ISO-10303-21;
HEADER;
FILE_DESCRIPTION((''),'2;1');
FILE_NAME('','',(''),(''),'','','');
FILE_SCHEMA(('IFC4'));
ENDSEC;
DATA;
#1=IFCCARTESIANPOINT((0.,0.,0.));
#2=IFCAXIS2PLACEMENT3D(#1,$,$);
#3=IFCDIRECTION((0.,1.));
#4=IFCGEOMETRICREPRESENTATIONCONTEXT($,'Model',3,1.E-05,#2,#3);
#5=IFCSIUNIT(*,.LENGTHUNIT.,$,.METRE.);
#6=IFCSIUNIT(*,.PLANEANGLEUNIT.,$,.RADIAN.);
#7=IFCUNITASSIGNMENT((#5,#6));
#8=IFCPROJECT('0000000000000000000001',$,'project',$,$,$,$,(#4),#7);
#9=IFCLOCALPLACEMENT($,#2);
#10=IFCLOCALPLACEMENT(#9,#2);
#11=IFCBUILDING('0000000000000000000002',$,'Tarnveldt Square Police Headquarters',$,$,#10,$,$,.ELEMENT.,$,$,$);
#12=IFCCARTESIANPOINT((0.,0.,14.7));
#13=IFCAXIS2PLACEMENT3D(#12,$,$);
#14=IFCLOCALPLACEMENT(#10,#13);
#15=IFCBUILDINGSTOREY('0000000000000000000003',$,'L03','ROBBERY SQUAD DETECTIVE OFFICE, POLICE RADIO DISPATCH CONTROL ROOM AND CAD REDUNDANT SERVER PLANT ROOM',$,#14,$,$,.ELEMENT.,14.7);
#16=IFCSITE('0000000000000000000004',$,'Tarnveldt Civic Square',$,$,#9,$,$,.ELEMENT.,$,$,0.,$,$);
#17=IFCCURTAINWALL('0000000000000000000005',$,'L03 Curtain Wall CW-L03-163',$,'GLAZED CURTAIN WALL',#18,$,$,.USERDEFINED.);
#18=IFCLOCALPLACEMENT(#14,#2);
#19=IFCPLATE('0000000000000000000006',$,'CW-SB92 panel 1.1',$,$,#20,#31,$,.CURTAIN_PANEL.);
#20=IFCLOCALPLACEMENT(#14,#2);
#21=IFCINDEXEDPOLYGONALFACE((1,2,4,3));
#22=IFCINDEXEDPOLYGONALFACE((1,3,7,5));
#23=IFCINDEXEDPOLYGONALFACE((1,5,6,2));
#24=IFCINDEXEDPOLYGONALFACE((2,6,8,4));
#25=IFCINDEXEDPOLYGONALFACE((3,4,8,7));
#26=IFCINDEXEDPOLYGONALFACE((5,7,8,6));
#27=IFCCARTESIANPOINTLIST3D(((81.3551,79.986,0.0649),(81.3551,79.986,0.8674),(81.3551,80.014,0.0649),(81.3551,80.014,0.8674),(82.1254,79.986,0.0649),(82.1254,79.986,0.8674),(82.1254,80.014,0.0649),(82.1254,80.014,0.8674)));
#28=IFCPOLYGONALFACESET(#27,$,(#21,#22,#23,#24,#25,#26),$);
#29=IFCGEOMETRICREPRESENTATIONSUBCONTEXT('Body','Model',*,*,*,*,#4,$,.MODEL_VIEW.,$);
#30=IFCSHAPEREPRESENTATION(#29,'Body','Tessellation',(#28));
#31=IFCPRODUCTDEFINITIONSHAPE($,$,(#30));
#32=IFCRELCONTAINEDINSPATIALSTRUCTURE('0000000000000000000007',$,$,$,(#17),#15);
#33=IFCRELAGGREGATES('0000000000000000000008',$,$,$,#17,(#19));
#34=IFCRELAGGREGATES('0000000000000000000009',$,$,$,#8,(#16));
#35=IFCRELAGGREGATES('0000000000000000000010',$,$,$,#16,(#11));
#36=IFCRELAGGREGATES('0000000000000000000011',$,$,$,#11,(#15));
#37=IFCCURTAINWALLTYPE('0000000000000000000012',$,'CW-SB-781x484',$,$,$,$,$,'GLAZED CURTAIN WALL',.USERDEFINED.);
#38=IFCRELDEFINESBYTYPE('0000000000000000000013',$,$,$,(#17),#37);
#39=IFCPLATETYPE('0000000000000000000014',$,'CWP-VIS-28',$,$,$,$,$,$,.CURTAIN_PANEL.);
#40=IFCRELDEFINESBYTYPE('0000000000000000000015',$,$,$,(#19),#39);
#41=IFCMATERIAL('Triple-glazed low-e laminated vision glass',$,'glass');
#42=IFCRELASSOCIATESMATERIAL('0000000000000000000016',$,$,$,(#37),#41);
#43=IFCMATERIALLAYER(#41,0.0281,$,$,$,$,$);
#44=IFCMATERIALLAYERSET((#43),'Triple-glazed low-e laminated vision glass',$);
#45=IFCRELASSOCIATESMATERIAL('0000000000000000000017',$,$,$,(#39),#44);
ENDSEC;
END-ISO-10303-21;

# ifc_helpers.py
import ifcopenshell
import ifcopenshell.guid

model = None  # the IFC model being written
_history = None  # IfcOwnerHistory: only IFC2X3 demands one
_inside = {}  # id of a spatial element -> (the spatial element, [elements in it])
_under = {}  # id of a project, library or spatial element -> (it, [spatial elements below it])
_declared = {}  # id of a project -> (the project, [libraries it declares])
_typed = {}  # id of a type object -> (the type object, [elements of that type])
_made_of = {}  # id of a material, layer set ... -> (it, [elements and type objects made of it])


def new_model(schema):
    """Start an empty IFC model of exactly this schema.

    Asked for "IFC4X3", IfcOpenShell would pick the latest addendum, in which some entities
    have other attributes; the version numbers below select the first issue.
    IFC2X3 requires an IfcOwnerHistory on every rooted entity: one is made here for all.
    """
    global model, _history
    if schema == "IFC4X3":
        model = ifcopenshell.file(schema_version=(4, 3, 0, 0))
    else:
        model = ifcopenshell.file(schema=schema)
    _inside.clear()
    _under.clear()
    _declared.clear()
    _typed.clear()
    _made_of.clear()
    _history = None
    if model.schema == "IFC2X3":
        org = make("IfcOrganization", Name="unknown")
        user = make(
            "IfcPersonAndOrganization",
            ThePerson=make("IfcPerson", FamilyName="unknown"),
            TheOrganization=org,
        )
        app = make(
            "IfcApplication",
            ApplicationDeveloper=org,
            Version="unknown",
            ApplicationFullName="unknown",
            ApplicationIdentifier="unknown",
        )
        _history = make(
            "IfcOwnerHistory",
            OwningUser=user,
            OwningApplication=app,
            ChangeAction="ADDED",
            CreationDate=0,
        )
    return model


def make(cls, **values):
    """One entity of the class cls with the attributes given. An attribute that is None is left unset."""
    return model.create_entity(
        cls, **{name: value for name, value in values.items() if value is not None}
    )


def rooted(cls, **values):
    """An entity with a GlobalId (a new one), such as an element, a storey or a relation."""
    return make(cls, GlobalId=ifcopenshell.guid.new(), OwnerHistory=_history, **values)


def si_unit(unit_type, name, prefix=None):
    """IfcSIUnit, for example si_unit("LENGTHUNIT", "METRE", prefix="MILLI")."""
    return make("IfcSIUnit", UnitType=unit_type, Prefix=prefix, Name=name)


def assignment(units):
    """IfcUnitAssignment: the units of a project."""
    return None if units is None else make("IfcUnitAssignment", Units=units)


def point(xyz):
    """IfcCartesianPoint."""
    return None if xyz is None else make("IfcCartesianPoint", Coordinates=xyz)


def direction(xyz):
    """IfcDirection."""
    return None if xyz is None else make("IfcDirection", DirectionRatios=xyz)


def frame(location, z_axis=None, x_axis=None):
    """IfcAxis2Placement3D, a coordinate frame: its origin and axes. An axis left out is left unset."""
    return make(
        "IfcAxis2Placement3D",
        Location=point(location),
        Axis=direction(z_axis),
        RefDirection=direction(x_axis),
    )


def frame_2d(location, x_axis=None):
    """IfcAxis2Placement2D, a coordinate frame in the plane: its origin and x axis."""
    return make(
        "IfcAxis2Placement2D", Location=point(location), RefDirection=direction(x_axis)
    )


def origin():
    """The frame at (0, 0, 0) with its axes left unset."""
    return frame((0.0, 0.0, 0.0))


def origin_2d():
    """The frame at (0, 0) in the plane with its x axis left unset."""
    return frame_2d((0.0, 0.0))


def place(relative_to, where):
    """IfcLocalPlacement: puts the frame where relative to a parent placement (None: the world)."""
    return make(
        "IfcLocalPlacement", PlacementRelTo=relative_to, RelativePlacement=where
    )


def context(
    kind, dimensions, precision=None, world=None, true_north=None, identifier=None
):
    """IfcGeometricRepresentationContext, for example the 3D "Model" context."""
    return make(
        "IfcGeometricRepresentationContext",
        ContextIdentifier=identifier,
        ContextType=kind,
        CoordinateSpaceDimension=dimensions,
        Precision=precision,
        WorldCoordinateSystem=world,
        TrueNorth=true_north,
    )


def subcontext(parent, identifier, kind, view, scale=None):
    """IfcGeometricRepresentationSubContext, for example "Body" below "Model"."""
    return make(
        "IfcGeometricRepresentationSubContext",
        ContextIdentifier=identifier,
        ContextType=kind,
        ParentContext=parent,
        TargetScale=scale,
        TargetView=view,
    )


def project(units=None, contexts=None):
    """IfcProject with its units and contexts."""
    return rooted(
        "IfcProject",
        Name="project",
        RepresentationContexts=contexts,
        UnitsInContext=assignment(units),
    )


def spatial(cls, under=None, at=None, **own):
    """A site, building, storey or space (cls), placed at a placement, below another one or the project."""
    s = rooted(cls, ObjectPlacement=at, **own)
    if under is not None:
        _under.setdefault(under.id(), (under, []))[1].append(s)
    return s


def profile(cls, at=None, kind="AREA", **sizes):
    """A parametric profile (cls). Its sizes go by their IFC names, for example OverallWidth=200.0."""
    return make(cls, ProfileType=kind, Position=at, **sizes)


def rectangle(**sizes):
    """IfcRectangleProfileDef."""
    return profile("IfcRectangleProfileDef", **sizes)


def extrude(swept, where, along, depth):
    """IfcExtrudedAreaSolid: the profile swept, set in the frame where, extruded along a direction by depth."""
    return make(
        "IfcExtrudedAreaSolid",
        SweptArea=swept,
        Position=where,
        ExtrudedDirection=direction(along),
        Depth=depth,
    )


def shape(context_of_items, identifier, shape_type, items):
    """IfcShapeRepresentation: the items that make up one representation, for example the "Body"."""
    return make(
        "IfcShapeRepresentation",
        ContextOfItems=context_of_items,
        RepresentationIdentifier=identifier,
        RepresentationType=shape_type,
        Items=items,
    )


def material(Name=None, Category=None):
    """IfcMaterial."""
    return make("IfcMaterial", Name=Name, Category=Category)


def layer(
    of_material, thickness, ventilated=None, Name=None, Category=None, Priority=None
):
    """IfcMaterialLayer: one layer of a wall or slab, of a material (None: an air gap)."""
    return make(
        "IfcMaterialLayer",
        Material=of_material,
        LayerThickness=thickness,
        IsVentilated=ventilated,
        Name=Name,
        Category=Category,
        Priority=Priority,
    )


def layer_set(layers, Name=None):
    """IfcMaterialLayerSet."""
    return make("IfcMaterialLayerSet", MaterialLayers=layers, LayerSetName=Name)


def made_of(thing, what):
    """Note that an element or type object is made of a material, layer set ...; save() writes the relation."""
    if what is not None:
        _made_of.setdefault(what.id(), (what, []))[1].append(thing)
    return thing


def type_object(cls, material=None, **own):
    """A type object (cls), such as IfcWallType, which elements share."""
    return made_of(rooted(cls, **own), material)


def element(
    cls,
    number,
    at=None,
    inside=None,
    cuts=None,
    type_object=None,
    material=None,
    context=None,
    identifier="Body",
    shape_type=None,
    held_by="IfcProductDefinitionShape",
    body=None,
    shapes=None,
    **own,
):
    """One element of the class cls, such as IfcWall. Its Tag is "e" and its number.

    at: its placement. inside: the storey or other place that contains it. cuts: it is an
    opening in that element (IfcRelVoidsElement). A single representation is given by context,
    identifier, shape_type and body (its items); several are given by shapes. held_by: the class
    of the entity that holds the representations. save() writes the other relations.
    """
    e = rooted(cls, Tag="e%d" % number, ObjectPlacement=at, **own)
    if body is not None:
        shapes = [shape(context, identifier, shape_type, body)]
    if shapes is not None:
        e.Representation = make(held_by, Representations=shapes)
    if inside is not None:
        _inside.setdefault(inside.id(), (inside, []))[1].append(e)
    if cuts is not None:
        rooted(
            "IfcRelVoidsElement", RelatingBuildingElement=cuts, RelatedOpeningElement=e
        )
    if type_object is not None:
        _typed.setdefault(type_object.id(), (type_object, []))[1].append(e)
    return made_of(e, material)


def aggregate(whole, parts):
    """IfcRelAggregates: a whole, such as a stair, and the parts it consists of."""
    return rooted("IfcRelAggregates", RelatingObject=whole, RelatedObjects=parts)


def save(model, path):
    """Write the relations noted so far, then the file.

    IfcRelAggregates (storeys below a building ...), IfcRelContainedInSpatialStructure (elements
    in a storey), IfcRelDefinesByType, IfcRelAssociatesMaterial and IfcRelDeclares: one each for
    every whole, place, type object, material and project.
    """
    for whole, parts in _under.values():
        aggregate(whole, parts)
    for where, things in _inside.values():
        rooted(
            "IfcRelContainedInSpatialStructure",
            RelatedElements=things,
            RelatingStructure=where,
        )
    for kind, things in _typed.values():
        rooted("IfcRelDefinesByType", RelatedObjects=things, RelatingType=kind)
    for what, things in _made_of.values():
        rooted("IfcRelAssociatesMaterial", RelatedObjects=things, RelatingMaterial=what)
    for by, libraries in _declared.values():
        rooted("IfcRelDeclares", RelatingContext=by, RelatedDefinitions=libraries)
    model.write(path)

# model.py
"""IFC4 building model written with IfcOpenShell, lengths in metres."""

from ifc_helpers import new_model, si_unit, direction, frame, origin, origin_2d, place, context, subcontext, project, spatial, rectangle, extrude, material, layer, layer_set, type_object, element, aggregate, save


model = new_model("IFC4")

# Units and contexts
model_context = context("Model", 3, precision=1e-05, world=origin(), true_north=direction((0.0, 1.0)))
body_context = subcontext(model_context, "Body", "Model", "MODEL_VIEW")
ifc_project = project(units=[si_unit("LENGTHUNIT", "METRE"), si_unit("PLANEANGLEUNIT", "RADIAN")], contexts=[model_context])

# Site, building, storey
site_placement = place(None, origin())
site = spatial("IfcSite", under=ifc_project, at=site_placement, Name="Tarnveldt Civic Square", CompositionType="ELEMENT", RefElevation=0.0)
building_placement = place(site_placement, origin())
building = spatial("IfcBuilding", under=site, at=building_placement, Name="Tarnveldt Square Police Headquarters", CompositionType="ELEMENT")
storey_placement = place(building_placement, frame((0.0, 0.0, 14.7)))
storey = spatial("IfcBuildingStorey", under=building, at=storey_placement, Name="L03", Description="ROBBERY SQUAD DETECTIVE OFFICE, POLICE RADIO DISPATCH CONTROL ROOM AND CAD REDUNDANT SERVER PLANT ROOM", CompositionType="ELEMENT", Elevation=14.7)

# Curtain wall
ifc_material_1 = material(Name="Triple-glazed low-e laminated vision glass", Category="glass")
curtain_wall_type_1 = type_object("IfcCurtainWallType", Name="CW-SB-781x484", ElementType="GLAZED CURTAIN WALL", PredefinedType="USERDEFINED", material=ifc_material_1)
curtain_wall_1_placement = place(storey_placement, origin())
curtain_wall_1 = element("IfcCurtainWall", 1, at=curtain_wall_1_placement, inside=storey, type_object=curtain_wall_type_1, Name="L03 Curtain Wall CW-L03-163", ObjectType="GLAZED CURTAIN WALL", PredefinedType="USERDEFINED")

# Plate
ifc_layer = layer(ifc_material_1, 0.0281)
ifc_layer_set = layer_set([ifc_layer], Name="Triple-glazed low-e laminated vision glass")
plate_type = type_object("IfcPlateType", Name="CWP-VIS-28", PredefinedType="CURTAIN_PANEL", material=ifc_layer_set)
plate_1_placement = place(storey_placement, frame((81.7402, 80.0, 0.0649), z_axis=(0.0, 0.0, 1.0), x_axis=(1.0, 0.0, 0.0)))
plate_1 = element("IfcPlate", 2, at=plate_1_placement, type_object=plate_type, Name="CW-SB92 panel 1.1", PredefinedType="CURTAIN_PANEL", context=body_context, shape_type="SweptSolid", body=[
    extrude(rectangle(XDim=0.7703, YDim=0.0281, at=origin_2d()), origin(), (0.0, 0.0, 1.0), 0.8025),
])
aggregate(curtain_wall_1, [plate_1])

save(model, "model.ifc")
